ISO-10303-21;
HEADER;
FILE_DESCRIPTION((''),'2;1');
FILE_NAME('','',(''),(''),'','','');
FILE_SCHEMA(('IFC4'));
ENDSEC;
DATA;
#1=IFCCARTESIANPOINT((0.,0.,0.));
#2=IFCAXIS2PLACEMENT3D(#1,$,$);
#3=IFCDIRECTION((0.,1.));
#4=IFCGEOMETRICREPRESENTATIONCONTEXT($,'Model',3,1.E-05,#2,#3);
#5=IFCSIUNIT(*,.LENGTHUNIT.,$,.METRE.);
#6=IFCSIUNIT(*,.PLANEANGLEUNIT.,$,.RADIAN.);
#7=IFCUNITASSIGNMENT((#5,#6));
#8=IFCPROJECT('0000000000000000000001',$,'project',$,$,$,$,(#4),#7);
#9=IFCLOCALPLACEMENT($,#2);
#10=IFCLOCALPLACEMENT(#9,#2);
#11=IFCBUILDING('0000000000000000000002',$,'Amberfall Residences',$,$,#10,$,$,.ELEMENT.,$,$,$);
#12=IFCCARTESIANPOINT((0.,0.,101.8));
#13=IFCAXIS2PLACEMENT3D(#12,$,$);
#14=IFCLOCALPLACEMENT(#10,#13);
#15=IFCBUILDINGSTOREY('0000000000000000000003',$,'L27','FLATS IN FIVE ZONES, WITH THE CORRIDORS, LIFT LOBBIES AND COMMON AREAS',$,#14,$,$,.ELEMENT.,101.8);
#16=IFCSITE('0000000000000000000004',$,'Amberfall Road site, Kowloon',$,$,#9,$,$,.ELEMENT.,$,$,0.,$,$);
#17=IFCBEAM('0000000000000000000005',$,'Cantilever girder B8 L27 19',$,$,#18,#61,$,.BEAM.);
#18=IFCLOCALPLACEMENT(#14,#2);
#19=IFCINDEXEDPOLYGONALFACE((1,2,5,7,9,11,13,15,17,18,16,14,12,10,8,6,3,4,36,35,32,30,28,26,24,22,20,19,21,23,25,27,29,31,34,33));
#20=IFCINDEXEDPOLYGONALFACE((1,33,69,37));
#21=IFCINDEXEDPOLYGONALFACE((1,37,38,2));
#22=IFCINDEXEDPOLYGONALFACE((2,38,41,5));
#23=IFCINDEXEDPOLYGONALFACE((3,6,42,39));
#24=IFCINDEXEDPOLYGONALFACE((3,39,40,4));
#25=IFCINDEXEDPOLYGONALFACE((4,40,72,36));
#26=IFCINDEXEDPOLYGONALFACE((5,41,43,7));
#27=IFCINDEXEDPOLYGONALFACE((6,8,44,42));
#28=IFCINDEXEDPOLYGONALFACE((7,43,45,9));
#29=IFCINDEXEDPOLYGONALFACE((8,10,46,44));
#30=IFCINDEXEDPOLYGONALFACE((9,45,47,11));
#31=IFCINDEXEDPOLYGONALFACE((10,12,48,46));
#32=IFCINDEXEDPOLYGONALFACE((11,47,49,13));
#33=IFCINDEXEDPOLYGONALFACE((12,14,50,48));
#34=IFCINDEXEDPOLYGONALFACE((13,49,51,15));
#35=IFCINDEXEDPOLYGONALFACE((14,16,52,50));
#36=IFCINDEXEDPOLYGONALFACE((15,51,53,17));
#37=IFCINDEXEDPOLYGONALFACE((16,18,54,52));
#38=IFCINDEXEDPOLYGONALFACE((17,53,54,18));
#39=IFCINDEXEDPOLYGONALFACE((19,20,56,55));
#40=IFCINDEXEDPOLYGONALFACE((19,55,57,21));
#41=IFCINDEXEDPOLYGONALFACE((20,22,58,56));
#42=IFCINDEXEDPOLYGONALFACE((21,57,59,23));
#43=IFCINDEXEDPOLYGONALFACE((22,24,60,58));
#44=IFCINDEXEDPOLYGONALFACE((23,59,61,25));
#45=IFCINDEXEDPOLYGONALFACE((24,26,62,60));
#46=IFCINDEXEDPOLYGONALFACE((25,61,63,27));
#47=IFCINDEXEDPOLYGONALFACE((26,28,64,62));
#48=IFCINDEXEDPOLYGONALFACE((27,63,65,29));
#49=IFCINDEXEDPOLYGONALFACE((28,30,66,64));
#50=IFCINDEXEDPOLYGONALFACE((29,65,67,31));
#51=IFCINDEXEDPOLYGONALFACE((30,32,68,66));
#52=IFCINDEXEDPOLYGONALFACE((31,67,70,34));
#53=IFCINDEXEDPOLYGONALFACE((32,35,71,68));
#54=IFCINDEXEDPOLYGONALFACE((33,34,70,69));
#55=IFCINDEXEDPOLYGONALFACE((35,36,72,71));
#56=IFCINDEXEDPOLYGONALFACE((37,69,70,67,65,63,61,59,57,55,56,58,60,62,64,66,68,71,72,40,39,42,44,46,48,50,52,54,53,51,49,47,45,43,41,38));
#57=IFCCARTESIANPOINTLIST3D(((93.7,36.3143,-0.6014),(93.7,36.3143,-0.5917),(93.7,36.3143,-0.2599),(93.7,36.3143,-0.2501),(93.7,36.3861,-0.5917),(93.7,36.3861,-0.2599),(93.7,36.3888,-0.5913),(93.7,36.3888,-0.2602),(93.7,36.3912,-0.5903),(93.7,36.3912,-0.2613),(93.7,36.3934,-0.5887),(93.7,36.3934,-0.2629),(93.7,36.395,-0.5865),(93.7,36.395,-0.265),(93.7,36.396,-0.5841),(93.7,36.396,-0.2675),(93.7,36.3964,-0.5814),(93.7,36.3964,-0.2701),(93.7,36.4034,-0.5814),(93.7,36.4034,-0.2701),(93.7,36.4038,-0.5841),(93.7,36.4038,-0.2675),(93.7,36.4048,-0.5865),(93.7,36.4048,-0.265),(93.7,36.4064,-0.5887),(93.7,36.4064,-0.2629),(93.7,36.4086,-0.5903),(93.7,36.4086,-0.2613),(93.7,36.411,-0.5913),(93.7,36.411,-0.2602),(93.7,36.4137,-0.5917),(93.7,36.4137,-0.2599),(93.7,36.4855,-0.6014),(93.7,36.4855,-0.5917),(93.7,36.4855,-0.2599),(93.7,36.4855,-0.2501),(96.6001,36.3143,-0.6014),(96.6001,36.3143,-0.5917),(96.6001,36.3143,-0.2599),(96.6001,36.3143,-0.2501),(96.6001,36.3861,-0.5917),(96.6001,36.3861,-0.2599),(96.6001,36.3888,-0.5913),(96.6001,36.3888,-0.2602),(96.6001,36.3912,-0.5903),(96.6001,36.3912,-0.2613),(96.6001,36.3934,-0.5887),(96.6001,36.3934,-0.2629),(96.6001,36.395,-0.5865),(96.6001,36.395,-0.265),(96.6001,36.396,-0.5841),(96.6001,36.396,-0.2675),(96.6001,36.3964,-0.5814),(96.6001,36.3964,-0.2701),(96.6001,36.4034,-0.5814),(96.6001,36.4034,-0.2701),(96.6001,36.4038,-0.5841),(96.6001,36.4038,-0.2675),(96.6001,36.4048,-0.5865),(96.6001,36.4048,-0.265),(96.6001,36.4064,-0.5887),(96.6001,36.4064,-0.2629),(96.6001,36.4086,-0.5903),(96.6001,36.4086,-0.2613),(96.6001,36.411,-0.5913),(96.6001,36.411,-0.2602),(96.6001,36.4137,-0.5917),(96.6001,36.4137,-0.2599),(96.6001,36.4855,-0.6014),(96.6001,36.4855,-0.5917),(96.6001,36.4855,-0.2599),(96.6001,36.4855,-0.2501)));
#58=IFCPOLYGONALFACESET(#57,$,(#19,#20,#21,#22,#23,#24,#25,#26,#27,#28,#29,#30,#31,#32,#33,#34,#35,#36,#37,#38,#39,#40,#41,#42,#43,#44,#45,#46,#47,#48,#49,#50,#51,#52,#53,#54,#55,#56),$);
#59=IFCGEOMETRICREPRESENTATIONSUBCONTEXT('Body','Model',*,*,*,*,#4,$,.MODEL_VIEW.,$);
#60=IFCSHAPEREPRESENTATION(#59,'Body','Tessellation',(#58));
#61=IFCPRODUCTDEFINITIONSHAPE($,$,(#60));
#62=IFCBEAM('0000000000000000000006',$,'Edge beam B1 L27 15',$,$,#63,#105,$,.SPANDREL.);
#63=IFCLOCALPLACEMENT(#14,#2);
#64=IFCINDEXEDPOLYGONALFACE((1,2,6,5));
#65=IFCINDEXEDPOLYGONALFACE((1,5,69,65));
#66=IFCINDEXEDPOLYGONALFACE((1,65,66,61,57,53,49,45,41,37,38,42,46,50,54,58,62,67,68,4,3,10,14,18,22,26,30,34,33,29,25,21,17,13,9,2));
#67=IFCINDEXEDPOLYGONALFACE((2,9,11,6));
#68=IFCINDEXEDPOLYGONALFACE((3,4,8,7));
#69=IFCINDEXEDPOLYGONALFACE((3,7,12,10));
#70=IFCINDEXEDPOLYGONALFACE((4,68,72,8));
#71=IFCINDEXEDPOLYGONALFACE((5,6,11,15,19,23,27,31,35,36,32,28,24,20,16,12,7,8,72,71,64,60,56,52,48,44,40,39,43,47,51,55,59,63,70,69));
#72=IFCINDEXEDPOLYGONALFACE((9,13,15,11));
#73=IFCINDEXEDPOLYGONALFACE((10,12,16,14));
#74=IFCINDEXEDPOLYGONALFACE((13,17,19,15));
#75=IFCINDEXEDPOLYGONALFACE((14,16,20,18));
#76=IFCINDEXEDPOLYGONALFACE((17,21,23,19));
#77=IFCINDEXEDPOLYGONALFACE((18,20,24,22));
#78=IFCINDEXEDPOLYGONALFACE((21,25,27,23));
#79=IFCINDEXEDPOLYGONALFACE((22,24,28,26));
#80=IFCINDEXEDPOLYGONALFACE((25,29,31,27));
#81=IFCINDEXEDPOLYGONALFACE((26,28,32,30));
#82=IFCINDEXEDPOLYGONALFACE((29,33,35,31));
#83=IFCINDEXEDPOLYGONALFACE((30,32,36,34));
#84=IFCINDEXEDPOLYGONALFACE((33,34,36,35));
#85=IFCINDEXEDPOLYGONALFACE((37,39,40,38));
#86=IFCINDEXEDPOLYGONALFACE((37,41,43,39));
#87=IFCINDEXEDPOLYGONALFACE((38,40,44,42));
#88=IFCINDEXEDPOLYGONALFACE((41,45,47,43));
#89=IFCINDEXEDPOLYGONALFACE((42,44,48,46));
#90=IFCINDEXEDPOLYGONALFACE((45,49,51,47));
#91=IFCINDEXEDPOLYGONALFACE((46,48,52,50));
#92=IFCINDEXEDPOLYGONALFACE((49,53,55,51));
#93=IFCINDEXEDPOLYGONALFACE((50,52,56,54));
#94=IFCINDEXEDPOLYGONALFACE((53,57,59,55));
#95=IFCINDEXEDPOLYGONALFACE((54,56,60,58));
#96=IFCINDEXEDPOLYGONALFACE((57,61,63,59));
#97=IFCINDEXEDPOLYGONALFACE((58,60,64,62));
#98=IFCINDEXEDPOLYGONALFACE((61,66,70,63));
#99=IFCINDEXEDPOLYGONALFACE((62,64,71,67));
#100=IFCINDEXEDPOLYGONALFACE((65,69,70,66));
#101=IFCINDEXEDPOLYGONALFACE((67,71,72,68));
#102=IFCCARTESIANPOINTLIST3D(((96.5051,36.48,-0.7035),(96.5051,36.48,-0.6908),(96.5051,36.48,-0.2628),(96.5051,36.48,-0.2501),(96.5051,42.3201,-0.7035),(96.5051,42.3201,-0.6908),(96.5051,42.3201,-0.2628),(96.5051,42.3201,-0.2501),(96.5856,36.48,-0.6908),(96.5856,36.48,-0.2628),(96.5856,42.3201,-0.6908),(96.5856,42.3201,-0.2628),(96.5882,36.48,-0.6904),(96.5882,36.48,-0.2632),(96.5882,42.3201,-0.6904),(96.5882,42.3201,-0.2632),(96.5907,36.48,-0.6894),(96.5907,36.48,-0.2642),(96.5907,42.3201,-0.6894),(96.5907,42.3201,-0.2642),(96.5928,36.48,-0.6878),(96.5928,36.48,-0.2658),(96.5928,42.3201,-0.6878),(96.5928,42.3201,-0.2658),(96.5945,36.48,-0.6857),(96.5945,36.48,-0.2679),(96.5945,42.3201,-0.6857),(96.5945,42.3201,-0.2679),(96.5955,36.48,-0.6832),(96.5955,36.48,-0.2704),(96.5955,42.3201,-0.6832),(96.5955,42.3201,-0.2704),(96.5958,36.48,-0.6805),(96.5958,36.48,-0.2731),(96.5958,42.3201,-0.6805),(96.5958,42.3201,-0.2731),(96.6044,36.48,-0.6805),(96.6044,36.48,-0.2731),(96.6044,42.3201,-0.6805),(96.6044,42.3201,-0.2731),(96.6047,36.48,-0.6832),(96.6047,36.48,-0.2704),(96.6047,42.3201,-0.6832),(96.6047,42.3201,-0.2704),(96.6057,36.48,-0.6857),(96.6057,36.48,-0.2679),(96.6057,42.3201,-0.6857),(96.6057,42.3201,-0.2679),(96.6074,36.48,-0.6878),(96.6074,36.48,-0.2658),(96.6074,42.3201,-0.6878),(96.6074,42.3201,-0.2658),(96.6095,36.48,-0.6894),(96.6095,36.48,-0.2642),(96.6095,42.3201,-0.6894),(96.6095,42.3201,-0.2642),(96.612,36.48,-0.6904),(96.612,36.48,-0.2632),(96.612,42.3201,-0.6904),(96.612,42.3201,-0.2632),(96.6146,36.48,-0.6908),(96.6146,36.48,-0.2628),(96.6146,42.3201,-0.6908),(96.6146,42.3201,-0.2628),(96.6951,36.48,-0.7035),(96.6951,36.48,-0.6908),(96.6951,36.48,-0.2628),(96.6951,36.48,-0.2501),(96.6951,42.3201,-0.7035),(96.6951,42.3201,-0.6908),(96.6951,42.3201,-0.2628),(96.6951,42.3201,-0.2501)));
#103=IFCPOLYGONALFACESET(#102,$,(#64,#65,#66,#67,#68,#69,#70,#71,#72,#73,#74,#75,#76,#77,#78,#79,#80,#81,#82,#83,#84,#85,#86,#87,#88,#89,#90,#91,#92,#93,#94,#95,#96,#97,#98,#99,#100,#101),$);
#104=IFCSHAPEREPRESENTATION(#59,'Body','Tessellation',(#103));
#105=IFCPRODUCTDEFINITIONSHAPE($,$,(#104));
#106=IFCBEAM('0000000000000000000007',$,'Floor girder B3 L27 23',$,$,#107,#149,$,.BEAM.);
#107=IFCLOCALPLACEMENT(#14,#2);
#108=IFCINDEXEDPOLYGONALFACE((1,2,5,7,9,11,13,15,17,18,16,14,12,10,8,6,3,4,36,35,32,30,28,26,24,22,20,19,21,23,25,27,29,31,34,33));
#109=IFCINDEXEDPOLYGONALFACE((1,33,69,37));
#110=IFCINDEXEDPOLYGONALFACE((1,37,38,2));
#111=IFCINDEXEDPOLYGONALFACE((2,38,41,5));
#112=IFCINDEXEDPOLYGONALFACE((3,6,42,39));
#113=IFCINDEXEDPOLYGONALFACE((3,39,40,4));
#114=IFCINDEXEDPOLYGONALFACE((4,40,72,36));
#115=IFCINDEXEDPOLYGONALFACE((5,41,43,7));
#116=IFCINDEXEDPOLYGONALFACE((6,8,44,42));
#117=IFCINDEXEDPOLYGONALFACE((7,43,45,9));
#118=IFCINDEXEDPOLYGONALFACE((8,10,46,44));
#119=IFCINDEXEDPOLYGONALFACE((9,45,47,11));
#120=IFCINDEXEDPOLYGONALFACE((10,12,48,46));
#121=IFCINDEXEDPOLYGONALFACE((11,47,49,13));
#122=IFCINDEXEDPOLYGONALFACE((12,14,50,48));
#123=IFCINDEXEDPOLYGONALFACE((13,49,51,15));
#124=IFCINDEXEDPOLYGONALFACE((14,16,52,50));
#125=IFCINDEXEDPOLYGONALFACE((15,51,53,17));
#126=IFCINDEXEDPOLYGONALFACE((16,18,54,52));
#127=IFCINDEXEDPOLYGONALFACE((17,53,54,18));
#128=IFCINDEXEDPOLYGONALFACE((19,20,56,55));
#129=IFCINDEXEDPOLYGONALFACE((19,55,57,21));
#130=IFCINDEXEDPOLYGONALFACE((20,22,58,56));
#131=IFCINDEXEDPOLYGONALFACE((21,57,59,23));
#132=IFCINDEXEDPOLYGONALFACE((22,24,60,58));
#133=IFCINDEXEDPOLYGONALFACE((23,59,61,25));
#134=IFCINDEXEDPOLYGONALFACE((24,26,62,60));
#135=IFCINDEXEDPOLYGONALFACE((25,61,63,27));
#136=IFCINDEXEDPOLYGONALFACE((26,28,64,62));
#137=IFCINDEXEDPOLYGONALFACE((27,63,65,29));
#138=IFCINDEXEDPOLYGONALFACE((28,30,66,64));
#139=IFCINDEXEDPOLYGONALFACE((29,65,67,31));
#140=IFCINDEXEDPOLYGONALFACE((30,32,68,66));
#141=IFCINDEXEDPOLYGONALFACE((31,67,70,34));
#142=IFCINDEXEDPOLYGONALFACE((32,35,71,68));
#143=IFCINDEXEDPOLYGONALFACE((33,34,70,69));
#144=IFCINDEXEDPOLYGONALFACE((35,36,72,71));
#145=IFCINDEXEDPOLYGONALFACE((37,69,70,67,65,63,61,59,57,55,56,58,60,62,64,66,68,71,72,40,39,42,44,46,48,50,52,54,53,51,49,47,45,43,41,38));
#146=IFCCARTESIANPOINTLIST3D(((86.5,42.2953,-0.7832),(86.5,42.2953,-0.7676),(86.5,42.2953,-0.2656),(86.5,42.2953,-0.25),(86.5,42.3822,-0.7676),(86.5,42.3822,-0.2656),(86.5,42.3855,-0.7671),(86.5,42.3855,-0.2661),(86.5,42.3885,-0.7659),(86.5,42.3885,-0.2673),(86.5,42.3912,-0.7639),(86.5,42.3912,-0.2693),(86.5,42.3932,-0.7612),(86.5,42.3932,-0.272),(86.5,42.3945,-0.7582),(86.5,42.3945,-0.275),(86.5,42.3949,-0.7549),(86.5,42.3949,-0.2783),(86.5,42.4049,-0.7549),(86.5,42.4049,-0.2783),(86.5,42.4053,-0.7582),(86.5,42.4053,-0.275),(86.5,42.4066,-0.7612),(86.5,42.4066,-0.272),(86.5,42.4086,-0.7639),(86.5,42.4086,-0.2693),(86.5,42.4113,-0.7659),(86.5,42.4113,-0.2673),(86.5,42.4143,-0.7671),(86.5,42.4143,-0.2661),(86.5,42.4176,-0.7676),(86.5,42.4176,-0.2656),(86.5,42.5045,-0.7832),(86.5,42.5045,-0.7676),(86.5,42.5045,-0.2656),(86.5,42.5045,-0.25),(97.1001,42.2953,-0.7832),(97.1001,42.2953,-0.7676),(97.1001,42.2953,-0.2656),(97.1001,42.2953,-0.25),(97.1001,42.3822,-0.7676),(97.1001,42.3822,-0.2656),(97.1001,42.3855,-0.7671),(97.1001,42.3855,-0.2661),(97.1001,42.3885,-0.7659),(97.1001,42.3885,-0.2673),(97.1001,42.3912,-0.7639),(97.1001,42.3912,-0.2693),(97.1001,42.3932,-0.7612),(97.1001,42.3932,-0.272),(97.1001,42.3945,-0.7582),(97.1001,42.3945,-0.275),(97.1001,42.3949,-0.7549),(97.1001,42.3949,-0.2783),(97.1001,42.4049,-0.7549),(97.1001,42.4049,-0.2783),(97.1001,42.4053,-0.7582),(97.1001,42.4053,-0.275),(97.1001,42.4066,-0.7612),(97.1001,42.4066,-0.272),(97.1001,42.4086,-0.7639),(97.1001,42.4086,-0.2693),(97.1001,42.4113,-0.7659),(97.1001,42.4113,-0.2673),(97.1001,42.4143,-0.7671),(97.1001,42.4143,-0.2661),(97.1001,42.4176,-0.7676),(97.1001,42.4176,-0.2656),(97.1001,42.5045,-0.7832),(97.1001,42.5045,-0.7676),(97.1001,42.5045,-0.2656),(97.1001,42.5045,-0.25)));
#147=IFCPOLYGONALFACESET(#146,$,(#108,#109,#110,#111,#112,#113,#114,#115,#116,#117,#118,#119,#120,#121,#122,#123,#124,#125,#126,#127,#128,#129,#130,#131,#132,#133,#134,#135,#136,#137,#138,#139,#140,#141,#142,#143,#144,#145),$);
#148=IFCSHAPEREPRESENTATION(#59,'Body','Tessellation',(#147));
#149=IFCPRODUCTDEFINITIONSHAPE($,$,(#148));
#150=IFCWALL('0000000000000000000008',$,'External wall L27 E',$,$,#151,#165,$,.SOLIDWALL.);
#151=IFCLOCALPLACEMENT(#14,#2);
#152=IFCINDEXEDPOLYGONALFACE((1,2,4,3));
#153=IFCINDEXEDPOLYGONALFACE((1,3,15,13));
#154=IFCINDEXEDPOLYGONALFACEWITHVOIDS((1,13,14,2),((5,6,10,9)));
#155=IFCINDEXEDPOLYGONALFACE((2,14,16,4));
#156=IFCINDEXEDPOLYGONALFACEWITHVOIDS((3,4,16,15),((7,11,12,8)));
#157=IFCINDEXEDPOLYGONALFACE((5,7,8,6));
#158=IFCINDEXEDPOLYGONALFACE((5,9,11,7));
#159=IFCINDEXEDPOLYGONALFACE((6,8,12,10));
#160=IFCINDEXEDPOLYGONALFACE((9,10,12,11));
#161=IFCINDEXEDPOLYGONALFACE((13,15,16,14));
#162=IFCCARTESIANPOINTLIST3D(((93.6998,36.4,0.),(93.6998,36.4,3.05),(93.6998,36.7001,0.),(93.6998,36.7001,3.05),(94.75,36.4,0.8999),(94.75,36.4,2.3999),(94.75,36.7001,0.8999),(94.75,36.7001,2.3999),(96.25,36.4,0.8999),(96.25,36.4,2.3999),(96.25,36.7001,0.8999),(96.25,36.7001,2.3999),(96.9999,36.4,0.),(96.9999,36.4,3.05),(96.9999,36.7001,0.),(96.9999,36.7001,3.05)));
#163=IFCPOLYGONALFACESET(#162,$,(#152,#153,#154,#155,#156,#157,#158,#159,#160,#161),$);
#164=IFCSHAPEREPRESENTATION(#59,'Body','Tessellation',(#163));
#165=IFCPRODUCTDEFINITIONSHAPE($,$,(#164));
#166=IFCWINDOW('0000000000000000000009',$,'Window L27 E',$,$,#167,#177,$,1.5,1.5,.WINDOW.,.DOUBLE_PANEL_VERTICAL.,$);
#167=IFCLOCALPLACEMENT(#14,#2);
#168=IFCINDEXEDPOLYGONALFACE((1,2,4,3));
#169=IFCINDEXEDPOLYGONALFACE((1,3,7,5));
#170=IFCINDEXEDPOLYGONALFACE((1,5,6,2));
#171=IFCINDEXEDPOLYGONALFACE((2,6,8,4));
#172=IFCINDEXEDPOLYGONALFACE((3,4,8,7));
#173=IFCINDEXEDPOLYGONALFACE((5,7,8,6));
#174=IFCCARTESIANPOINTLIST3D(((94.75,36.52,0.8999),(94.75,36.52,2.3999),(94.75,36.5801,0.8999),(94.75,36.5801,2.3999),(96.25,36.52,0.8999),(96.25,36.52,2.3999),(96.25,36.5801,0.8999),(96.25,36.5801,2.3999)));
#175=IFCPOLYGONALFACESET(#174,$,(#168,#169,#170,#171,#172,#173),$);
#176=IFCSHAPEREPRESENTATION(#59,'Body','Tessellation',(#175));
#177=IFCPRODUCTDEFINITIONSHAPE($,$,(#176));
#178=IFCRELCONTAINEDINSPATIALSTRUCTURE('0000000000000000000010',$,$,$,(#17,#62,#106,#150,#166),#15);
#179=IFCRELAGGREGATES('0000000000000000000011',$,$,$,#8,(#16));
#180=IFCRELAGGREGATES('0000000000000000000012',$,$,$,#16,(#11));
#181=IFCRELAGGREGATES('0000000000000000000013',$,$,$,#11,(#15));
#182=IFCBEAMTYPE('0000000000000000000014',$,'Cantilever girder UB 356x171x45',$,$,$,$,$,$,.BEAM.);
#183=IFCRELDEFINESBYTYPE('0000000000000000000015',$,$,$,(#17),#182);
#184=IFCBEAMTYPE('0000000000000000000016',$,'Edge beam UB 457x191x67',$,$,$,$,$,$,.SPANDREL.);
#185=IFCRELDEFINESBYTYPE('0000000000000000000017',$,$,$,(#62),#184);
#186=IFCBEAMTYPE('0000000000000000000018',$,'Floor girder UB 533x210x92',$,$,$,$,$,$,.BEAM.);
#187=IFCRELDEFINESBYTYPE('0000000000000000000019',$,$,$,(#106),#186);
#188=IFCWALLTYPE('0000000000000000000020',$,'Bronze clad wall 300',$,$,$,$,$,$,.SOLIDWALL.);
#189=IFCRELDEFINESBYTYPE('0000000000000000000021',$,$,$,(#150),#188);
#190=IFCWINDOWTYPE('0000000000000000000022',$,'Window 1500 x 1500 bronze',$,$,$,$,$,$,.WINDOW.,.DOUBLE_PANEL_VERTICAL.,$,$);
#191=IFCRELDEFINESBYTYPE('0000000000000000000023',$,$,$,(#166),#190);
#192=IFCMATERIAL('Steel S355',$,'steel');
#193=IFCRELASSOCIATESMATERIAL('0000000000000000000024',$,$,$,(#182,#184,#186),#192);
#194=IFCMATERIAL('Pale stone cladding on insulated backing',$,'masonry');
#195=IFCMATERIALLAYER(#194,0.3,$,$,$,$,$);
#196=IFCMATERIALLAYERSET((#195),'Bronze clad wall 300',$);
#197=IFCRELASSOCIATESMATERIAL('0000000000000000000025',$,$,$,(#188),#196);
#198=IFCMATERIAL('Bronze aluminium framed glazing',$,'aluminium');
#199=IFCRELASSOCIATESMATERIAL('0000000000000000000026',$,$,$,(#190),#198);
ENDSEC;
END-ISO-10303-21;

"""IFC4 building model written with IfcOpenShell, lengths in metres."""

from ifc_helpers import new_model, si_unit, direction, frame, frame_2d, origin, origin_2d, place, context, subcontext, project, spatial, rectangle, i_section, extrude, material, layer, layer_set, material_profile, profile_set, type_object, element, fill, save


model = new_model("IFC4")

# Units and contexts
model_context = context("Model", 3, precision=1e-05, world=origin(), true_north=direction((0.0, 1.0)))
body_context = subcontext(model_context, "Body", "Model", "MODEL_VIEW")
ifc_project = project(units=[si_unit("LENGTHUNIT", "METRE"), si_unit("PLANEANGLEUNIT", "RADIAN")], contexts=[model_context])

# Site, building, storey
site_placement = place(None, origin())
site = spatial("IfcSite", under=ifc_project, at=site_placement, Name="Amberfall Road site, Kowloon", CompositionType="ELEMENT", RefElevation=0.0)
building_placement = place(site_placement, origin())
building = spatial("IfcBuilding", under=site, at=building_placement, Name="Amberfall Residences", CompositionType="ELEMENT")
storey_placement = place(building_placement, frame((0.0, 0.0, 101.8)))
storey = spatial("IfcBuildingStorey", under=building, at=storey_placement, Name="L27", Description="FLATS IN FIVE ZONES, WITH THE CORRIDORS, LIFT LOBBIES AND COMMON AREAS", CompositionType="ELEMENT", Elevation=101.8)

# Beams
ifc_material_1 = material(Name="Steel S355", Category="steel")
ifc_material_profile_1 = material_profile(ifc_material_1, i_section(OverallWidth=0.1711, OverallDepth=0.3513, WebThickness=0.0071, FlangeThickness=0.0098, FilletRadius=0.0103, at=origin_2d()), Name="UB 356x171x45")
ifc_profile_set_1 = profile_set([ifc_material_profile_1], Name="Steel S355")
beam_type_1 = type_object("IfcBeamType", Name="Cantilever girder UB 356x171x45", PredefinedType="BEAM", material=ifc_profile_set_1)
beam_1_placement = place(storey_placement, frame((93.7, 36.3999, -0.4258), z_axis=(1.0, 0.0, 0.0), x_axis=(0.0, 1.0, 0.0)))
element("IfcBeam", 1, at=beam_1_placement, inside=storey, type_object=beam_type_1, Name="Cantilever girder B8 L27 19", PredefinedType="BEAM", context=body_context, shape_type="SweptSolid", body=[
    extrude(i_section(OverallWidth=0.1711, OverallDepth=0.3513, WebThickness=0.0071, FlangeThickness=0.0098, FilletRadius=0.0103, at=origin_2d()), origin(), (0.0, 0.0, 1.0), 2.9001),
])
ifc_material_profile_2 = material_profile(ifc_material_1, i_section(OverallWidth=0.1899, OverallDepth=0.4534, WebThickness=0.0085, FlangeThickness=0.0127, FilletRadius=0.0103, at=origin_2d()), Name="UB 457x191x67")
ifc_profile_set_2 = profile_set([ifc_material_profile_2], Name="Steel S355")
beam_type_2 = type_object("IfcBeamType", Name="Edge beam UB 457x191x67", PredefinedType="SPANDREL", material=ifc_profile_set_2)
beam_2_placement = place(storey_placement, frame((96.6001, 36.48, -0.4768), z_axis=(0.0, 1.0, 0.0), x_axis=(-1.0, 0.0, 0.0)))
element("IfcBeam", 2, at=beam_2_placement, inside=storey, type_object=beam_type_2, Name="Edge beam B1 L27 15", PredefinedType="SPANDREL", context=body_context, shape_type="SweptSolid", body=[
    extrude(i_section(OverallWidth=0.1899, OverallDepth=0.4534, WebThickness=0.0085, FlangeThickness=0.0127, FilletRadius=0.0103, at=origin_2d()), origin(), (0.0, 0.0, 1.0), 5.8401),
])
ifc_material_profile_3 = material_profile(ifc_material_1, i_section(OverallWidth=0.2092, OverallDepth=0.5332, WebThickness=0.01, FlangeThickness=0.0156, FilletRadius=0.0127, at=origin_2d()), Name="UB 533x210x92")
ifc_profile_set_3 = profile_set([ifc_material_profile_3], Name="Steel S355")
beam_type_3 = type_object("IfcBeamType", Name="Floor girder UB 533x210x92", PredefinedType="BEAM", material=ifc_profile_set_3)
beam_3_placement = place(storey_placement, frame((97.1001, 42.3999, -0.5166), z_axis=(-1.0, 0.0, 0.0), x_axis=(0.0, -1.0, 0.0)))
element("IfcBeam", 3, at=beam_3_placement, inside=storey, type_object=beam_type_3, Name="Floor girder B3 L27 23", PredefinedType="BEAM", context=body_context, shape_type="SweptSolid", body=[
    extrude(i_section(OverallWidth=0.2092, OverallDepth=0.5332, WebThickness=0.01, FlangeThickness=0.0156, FilletRadius=0.0127, at=origin_2d()), origin(), (0.0, 0.0, 1.0), 10.6001),
])

# Wall, opening, window
ifc_material_2 = material(Name="Pale stone cladding on insulated backing", Category="masonry")
ifc_layer_1 = layer(ifc_material_2, 0.3)
ifc_layer_set_1 = layer_set([ifc_layer_1], Name="Bronze clad wall 300")
wall_type_1 = type_object("IfcWallType", Name="Bronze clad wall 300", PredefinedType="SOLIDWALL", material=ifc_layer_set_1)
wall_1_placement = place(storey_placement, frame((93.7, 36.55, 0.0), z_axis=(0.0, 0.0, 1.0), x_axis=(1.0, 0.0, 0.0)))
wall_1 = element("IfcWall", 4, at=wall_1_placement, inside=storey, type_object=wall_type_1, Name="External wall L27 E", PredefinedType="SOLIDWALL", context=body_context, shape_type="SweptSolid", body=[
    extrude(rectangle(XDim=3.3, YDim=0.3, at=frame_2d((1.6499, 0.0))), origin(), (0.0, 0.0, 1.0), 3.05),
])
opening_1_placement = place(wall_1_placement, frame((1.05, 0.0, 0.8999)))
opening_1 = element("IfcOpeningElement", 5, at=opening_1_placement, cuts=wall_1, PredefinedType="OPENING", context=body_context, shape_type="SweptSolid", body=[
    extrude(rectangle(XDim=1.5, YDim=1.5, at=frame_2d((0.75, 0.75))), frame((0.0, 0.1599, 0.0), z_axis=(0.0, -1.0, 0.0), x_axis=(1.0, 0.0, 0.0)), (0.0, 0.0, 1.0), 0.3201),
])
ifc_material_3 = material(Name="Bronze aluminium framed glazing", Category="aluminium")
window_type_1 = type_object("IfcWindowType", Name="Window 1500 x 1500 bronze", PartitioningType="DOUBLE_PANEL_VERTICAL", PredefinedType="WINDOW", material=ifc_material_3)
window_1_placement = place(opening_1_placement, origin())
window_1 = element("IfcWindow", 6, at=window_1_placement, inside=storey, type_object=window_type_1, Name="Window L27 E", OverallHeight=1.5, OverallWidth=1.5, PartitioningType="DOUBLE_PANEL_VERTICAL", PredefinedType="WINDOW", context=body_context, shape_type="SweptSolid", body=[
    extrude(rectangle(XDim=1.5, YDim=1.5, at=frame_2d((0.75, 0.75))), frame((0.0, 0.03, 0.0), z_axis=(0.0, -1.0, 0.0), x_axis=(1.0, 0.0, 0.0)), (0.0, 0.0, 1.0), 0.0601),
])
fill(opening_1, window_1)

save(model, "model.ifc")
